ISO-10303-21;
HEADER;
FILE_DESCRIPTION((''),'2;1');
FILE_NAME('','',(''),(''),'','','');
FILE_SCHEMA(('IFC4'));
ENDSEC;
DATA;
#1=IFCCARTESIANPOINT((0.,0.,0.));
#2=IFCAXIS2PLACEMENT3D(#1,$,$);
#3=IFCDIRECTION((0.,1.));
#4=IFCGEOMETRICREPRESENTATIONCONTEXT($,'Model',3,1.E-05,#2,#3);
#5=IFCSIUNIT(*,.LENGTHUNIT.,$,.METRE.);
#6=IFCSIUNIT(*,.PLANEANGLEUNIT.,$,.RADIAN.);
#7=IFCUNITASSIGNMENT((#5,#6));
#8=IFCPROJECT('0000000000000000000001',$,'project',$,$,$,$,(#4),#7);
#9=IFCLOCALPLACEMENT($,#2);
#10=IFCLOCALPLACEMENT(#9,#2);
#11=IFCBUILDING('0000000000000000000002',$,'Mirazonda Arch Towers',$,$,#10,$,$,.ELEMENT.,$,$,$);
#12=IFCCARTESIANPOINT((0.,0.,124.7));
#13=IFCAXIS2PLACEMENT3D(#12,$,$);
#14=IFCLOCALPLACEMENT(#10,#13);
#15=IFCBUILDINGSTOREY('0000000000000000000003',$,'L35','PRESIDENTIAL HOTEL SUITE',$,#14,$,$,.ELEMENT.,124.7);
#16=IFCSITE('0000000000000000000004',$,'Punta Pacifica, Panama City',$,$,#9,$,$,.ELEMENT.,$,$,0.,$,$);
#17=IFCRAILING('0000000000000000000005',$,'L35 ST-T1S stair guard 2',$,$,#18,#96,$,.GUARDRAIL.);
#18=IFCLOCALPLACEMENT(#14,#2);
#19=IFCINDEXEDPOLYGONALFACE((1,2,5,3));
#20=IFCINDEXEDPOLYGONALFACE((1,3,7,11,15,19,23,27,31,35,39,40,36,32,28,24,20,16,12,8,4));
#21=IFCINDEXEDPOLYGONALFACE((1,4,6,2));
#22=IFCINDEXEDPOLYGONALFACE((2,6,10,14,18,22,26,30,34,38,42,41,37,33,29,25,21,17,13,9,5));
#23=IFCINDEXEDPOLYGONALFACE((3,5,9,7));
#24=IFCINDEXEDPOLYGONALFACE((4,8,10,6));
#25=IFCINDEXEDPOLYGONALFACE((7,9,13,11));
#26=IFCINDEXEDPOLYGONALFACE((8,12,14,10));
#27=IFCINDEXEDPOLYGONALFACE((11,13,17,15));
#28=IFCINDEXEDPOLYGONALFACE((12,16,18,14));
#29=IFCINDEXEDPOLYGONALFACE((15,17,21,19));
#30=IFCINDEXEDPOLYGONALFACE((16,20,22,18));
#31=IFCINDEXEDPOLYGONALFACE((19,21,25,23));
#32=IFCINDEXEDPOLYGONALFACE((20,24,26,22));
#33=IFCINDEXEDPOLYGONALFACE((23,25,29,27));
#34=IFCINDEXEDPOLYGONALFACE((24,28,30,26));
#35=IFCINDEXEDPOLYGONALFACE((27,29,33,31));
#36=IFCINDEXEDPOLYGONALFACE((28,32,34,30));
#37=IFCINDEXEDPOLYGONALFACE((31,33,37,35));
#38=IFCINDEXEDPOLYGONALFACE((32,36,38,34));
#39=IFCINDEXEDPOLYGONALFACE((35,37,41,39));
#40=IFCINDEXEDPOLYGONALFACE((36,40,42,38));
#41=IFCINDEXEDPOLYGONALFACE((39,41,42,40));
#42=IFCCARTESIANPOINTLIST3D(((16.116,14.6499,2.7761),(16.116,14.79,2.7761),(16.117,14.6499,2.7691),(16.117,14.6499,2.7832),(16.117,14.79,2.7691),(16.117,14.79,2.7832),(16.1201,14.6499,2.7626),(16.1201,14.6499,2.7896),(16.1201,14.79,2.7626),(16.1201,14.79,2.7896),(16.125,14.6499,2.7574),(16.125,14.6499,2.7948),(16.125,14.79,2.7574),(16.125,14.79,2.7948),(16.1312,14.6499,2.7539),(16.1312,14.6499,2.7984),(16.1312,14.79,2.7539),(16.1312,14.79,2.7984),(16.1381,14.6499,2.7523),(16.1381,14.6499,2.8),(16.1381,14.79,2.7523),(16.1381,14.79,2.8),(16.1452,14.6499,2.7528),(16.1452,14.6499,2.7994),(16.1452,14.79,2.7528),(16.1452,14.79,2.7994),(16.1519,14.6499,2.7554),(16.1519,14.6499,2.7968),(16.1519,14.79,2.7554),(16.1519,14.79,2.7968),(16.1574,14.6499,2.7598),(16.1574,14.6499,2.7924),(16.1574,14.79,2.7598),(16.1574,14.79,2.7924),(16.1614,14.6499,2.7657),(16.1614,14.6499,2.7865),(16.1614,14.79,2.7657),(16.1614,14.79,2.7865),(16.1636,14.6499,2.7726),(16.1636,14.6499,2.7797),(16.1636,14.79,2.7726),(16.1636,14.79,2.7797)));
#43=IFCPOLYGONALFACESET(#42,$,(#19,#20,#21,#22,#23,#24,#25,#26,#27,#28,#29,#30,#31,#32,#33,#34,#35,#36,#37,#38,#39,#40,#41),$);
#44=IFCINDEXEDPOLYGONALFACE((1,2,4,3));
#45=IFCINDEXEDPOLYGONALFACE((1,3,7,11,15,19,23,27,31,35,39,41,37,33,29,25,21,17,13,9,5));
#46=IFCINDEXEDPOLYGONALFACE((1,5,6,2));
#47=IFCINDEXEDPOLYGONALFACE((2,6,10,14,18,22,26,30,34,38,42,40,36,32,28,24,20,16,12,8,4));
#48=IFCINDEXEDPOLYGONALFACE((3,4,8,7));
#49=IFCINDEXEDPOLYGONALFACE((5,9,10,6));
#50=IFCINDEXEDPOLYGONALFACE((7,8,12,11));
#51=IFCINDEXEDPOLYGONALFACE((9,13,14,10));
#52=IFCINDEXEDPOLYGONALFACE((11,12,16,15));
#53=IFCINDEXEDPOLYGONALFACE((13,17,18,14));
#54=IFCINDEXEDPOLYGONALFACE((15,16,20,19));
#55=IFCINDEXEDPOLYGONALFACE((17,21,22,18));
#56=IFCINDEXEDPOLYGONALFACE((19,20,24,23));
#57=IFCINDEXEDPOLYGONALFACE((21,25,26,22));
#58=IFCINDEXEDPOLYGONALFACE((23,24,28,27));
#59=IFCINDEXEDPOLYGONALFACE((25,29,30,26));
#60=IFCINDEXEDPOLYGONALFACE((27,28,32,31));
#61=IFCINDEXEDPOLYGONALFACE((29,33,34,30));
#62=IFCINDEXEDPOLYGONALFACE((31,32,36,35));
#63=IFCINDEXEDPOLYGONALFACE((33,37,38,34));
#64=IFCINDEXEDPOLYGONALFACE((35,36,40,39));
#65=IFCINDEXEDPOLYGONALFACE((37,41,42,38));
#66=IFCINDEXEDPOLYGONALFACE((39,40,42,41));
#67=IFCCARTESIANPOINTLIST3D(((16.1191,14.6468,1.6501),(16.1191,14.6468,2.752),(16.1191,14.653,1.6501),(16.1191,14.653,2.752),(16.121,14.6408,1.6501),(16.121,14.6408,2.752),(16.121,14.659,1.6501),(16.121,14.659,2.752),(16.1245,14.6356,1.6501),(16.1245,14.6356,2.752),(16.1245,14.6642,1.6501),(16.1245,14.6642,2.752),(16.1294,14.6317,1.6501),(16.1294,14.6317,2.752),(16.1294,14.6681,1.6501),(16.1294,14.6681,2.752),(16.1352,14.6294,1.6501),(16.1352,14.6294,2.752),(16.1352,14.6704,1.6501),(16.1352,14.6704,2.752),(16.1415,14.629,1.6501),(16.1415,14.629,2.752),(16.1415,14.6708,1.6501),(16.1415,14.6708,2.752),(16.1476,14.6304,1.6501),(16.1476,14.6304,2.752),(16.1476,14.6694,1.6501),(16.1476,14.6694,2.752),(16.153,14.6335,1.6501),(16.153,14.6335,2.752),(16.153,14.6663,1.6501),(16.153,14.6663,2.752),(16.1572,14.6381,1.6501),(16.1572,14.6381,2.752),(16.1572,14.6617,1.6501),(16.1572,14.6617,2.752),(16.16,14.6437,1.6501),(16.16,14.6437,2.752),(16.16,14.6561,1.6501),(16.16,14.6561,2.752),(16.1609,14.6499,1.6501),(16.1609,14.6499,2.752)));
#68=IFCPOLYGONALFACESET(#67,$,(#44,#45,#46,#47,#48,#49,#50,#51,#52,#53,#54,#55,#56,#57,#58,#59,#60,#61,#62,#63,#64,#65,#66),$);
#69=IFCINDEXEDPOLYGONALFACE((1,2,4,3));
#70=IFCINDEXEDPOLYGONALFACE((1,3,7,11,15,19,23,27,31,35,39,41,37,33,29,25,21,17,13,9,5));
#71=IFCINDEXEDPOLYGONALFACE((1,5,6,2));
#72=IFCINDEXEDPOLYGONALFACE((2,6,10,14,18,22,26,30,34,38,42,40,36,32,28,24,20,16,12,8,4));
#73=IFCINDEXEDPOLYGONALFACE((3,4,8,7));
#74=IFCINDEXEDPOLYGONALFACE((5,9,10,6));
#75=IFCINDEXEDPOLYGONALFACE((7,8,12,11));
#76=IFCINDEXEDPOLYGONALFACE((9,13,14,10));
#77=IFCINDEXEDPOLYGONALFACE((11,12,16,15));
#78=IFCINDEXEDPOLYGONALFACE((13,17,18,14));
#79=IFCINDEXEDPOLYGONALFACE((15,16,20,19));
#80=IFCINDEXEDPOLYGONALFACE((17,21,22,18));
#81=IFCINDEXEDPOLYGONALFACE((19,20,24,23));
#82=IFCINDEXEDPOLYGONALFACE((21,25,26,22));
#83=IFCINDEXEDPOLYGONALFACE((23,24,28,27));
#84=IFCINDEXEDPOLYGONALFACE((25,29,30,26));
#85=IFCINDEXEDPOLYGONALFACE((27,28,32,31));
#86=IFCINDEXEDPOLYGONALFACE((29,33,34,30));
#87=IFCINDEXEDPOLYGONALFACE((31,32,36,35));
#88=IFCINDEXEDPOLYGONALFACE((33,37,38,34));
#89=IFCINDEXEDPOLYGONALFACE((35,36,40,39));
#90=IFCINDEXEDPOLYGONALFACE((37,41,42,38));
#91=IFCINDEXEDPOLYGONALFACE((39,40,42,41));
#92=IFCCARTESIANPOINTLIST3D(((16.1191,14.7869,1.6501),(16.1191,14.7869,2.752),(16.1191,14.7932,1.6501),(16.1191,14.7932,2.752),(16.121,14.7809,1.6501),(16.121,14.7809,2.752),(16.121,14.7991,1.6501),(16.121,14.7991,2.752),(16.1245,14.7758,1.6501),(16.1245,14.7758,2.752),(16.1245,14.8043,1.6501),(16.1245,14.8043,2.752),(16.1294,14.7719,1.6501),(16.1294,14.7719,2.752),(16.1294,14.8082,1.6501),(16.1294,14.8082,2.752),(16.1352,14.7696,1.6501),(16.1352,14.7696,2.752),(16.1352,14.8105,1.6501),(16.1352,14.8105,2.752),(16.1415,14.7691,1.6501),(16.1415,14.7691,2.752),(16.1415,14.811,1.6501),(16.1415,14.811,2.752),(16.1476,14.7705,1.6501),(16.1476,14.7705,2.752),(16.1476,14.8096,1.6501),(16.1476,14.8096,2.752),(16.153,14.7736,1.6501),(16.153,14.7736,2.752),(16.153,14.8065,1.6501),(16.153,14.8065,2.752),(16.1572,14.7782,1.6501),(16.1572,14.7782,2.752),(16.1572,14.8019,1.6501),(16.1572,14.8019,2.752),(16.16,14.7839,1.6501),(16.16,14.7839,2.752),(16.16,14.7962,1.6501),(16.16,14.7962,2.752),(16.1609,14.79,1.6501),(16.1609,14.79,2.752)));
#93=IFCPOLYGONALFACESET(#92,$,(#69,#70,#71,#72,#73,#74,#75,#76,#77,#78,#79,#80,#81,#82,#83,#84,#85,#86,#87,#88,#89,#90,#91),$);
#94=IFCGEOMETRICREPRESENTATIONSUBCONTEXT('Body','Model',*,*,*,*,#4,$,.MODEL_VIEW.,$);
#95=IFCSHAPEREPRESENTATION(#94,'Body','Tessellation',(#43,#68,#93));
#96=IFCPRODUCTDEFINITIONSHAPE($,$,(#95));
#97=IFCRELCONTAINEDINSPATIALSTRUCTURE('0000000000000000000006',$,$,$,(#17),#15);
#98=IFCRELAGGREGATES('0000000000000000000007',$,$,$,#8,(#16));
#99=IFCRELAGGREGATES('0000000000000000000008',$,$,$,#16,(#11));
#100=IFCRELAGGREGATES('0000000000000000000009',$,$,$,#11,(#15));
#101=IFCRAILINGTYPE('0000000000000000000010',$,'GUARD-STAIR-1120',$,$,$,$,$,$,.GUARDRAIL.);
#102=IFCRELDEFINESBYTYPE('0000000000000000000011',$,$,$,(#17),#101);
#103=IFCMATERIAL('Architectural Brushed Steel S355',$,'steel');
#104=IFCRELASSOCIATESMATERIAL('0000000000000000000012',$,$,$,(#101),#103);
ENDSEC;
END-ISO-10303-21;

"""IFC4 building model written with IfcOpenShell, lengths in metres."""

from ifc_helpers import new_model, si_unit, direction, frame, origin, origin_2d, place, context, subcontext, project, spatial, circle, extrude, material, type_object, element, save


model = new_model("IFC4")

# Units and contexts
model_context = context("Model", 3, precision=1e-05, world=origin(), true_north=direction((0.0, 1.0)))
body_context = subcontext(model_context, "Body", "Model", "MODEL_VIEW")
ifc_project = project(units=[si_unit("LENGTHUNIT", "METRE"), si_unit("PLANEANGLEUNIT", "RADIAN")], contexts=[model_context])

# Site, building, storey
site_placement = place(None, origin())
site = spatial("IfcSite", under=ifc_project, at=site_placement, Name="Punta Pacifica, Panama City", CompositionType="ELEMENT", RefElevation=0.0)
building_placement = place(site_placement, origin())
building = spatial("IfcBuilding", under=site, at=building_placement, Name="Mirazonda Arch Towers", CompositionType="ELEMENT")
storey_placement = place(building_placement, frame((0.0, 0.0, 124.7)))
storey = spatial("IfcBuildingStorey", under=building, at=storey_placement, Name="L35", Description="PRESIDENTIAL HOTEL SUITE", CompositionType="ELEMENT", Elevation=124.7)

# Shared definitions
ifc_material_1 = material(Name="Architectural Brushed Steel S355", Category="steel")

# Railing
railing_type_1 = type_object("IfcRailingType", Name="GUARD-STAIR-1120", PredefinedType="GUARDRAIL", material=ifc_material_1)
railing_1_placement = place(storey_placement, frame((16.1399, 14.6499, 1.6501)))
element("IfcRailing", 1, at=railing_1_placement, inside=storey, type_object=railing_type_1, Name="L35 ST-T1S stair guard 2", PredefinedType="GUARDRAIL", context=body_context, shape_type="SweptSolid", body=[
    extrude(circle(Radius=0.0239, at=origin_2d()), frame((0.0, 0.0, 1.126), z_axis=(0.0, 1.0, 0.0), x_axis=(-1.0, 0.0, 0.0)), (0.0, 0.0, 1.0), 0.1401),
    extrude(circle(Radius=0.021, at=origin_2d()), origin(), (0.0, 0.0, 1.0), 1.1018),
    extrude(circle(Radius=0.021, at=origin_2d()), frame((0.0, 0.1401, 0.0)), (0.0, 0.0, 1.0), 1.1018),
])

save(model, "model.ifc")
